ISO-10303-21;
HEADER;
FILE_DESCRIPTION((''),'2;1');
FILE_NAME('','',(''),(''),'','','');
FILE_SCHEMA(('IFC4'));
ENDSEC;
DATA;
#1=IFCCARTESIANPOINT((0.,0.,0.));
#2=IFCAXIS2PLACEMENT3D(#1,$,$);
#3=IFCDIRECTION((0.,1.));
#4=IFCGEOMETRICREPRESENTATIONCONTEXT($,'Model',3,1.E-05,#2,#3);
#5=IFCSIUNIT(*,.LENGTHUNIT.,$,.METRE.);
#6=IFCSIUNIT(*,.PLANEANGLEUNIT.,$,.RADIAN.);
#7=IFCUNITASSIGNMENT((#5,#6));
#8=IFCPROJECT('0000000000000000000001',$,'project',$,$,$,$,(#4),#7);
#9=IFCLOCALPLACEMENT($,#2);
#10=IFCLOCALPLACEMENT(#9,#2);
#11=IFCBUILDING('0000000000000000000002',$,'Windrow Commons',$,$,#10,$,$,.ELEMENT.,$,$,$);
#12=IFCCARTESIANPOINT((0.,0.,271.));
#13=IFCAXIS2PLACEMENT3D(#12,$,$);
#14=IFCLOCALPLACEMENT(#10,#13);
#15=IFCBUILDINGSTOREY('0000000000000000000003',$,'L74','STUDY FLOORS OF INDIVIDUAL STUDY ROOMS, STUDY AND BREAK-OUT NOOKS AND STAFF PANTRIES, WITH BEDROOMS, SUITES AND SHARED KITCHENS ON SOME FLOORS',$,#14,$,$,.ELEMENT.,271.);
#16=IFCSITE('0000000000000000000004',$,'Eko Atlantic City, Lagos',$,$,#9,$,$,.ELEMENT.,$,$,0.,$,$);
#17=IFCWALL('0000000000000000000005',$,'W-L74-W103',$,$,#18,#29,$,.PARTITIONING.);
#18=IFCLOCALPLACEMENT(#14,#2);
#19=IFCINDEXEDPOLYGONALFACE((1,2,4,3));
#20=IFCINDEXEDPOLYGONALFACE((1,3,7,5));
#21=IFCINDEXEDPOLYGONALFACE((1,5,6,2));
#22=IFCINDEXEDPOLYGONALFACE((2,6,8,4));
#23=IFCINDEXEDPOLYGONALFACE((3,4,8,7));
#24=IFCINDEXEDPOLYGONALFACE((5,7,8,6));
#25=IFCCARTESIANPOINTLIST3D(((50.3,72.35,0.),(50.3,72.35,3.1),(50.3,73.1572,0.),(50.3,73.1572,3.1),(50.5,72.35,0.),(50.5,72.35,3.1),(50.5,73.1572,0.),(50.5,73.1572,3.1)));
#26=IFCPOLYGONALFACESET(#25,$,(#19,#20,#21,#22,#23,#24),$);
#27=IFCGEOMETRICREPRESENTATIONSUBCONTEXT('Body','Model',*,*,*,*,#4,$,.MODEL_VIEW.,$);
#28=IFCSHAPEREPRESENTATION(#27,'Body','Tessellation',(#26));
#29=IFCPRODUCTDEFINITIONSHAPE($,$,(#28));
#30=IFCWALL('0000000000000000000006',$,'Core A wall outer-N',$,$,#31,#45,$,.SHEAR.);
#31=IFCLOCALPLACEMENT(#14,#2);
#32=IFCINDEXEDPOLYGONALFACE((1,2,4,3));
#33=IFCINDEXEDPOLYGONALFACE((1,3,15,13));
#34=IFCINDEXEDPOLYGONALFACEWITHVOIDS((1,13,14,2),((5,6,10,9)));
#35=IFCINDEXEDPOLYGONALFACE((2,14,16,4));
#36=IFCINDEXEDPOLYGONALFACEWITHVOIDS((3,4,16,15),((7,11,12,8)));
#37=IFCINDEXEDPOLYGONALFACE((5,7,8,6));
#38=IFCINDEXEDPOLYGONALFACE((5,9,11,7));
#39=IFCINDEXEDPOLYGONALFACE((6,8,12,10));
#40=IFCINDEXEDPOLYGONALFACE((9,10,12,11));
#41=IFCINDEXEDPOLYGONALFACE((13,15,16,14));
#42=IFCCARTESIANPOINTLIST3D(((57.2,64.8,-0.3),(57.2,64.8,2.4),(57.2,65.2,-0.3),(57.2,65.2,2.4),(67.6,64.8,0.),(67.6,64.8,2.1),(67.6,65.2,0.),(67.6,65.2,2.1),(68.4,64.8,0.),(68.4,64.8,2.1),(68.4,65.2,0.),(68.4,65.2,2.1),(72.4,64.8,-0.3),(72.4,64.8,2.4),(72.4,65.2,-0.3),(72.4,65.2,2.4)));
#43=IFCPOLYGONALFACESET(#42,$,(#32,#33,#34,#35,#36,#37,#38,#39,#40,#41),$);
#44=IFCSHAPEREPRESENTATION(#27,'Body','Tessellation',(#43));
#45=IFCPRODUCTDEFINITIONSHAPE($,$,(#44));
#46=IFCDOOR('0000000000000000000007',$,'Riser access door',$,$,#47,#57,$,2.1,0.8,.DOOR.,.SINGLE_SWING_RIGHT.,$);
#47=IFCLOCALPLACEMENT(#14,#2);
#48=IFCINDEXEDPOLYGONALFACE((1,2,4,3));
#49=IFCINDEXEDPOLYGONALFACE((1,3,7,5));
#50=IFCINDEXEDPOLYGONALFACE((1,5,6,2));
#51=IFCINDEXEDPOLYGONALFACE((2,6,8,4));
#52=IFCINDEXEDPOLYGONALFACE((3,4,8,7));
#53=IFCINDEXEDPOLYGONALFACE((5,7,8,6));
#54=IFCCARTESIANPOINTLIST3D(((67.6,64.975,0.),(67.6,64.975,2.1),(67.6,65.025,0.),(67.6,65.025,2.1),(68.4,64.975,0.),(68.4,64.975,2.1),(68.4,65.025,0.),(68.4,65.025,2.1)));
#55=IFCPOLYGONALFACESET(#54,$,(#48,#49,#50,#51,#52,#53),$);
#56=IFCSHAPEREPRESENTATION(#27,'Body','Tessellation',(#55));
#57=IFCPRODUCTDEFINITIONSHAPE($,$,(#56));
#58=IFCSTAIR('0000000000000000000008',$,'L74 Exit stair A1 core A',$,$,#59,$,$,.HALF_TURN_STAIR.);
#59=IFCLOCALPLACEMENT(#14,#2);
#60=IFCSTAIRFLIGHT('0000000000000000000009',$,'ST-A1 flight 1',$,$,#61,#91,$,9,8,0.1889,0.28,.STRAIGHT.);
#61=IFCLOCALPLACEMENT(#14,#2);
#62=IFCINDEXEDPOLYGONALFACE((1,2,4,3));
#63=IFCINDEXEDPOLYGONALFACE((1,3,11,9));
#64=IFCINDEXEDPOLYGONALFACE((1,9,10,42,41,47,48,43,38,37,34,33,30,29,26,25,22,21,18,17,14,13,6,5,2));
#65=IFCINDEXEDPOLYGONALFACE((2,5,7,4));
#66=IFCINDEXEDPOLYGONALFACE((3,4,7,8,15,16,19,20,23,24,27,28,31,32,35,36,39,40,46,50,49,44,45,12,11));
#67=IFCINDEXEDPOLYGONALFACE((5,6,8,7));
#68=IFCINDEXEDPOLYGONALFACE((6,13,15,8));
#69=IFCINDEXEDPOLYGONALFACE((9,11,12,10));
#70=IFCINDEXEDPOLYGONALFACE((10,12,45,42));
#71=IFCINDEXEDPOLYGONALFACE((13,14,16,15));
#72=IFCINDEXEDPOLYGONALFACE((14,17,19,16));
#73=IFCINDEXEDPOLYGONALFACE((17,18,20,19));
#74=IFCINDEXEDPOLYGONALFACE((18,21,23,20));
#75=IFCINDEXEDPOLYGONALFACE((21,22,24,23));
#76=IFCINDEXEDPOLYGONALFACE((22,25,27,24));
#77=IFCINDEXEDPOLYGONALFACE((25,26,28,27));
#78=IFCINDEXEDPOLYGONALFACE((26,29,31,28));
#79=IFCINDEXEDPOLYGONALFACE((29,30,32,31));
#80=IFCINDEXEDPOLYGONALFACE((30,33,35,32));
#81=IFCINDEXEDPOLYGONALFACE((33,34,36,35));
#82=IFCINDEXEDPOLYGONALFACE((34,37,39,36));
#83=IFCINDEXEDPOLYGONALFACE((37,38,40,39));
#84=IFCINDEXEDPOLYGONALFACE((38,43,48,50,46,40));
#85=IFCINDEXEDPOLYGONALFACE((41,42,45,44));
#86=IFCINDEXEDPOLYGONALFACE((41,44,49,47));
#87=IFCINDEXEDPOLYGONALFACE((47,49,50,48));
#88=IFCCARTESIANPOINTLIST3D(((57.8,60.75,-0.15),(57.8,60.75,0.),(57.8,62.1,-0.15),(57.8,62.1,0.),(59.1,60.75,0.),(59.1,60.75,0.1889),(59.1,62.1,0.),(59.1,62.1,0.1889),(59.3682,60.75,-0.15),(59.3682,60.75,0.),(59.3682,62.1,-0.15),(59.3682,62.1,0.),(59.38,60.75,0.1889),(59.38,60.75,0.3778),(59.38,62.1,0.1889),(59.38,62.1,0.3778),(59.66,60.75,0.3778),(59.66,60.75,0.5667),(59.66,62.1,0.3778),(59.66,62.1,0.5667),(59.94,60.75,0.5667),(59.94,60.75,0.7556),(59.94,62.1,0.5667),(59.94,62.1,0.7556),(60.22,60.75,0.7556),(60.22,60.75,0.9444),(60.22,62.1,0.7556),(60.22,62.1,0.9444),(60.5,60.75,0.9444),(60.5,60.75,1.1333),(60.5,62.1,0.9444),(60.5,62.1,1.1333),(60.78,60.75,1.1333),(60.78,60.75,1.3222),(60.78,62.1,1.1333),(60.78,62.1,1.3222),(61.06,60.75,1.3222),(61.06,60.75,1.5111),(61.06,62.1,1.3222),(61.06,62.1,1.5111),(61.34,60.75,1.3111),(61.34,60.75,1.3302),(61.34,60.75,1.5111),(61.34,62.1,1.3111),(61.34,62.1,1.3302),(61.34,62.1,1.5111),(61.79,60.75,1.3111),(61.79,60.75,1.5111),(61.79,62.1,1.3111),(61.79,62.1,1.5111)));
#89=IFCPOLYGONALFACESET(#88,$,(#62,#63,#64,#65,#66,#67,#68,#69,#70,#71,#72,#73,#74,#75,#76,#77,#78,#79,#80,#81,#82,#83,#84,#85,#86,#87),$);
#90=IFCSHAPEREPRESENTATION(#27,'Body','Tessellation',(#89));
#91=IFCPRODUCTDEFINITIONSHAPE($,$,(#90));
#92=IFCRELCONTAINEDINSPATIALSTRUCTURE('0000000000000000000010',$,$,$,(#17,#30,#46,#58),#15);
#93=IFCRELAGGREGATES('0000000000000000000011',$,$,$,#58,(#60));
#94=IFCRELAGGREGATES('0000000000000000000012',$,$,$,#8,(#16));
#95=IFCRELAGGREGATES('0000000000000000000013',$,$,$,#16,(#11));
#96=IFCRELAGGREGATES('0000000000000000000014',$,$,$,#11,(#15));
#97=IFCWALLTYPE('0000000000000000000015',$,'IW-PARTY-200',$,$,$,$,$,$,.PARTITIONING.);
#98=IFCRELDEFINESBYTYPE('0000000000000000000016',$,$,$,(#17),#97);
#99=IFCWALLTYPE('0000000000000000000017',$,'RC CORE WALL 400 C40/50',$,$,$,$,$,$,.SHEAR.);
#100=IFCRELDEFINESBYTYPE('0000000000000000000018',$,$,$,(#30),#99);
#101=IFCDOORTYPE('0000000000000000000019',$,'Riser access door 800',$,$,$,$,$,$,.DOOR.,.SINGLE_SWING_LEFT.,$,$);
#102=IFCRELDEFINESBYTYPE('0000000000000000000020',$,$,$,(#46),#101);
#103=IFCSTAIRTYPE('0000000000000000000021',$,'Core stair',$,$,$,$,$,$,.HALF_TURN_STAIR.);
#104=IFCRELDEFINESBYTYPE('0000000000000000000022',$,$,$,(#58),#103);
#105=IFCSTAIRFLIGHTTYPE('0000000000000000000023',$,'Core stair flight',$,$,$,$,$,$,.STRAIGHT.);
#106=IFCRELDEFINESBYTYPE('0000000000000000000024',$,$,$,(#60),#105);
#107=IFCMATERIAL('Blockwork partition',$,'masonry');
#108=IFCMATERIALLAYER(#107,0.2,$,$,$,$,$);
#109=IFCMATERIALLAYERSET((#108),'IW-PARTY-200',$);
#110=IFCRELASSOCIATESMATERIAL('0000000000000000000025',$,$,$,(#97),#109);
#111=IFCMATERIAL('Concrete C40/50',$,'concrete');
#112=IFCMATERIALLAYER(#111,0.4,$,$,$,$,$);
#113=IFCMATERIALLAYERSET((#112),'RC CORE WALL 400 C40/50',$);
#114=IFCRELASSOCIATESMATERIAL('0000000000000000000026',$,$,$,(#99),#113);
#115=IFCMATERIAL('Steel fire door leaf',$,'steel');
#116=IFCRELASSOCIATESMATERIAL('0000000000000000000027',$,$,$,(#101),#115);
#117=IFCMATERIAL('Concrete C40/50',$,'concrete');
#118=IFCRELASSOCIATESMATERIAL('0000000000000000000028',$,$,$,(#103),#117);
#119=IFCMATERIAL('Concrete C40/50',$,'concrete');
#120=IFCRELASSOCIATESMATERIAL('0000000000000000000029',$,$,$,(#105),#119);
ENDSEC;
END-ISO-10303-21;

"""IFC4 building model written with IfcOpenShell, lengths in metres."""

from ifc_helpers import new_model, si_unit, direction, frame, frame_2d, origin, place, context, subcontext, project, spatial, polyline, rectangle, outline, extrude, material, layer, layer_set, type_object, element, fill, aggregate, save


model = new_model("IFC4")

# Units and contexts
model_context = context("Model", 3, precision=1e-05, world=origin(), true_north=direction((0.0, 1.0)))
body_context = subcontext(model_context, "Body", "Model", "MODEL_VIEW")
ifc_project = project(units=[si_unit("LENGTHUNIT", "METRE"), si_unit("PLANEANGLEUNIT", "RADIAN")], contexts=[model_context])

# Site, building, storey
site_placement = place(None, origin())
site = spatial("IfcSite", under=ifc_project, at=site_placement, Name="Eko Atlantic City, Lagos", CompositionType="ELEMENT", RefElevation=0.0)
building_placement = place(site_placement, origin())
building = spatial("IfcBuilding", under=site, at=building_placement, Name="Windrow Commons", CompositionType="ELEMENT")
storey_placement = place(building_placement, frame((0.0, 0.0, 271.0)))
storey = spatial("IfcBuildingStorey", under=building, at=storey_placement, Name="L74", Description="STUDY FLOORS OF INDIVIDUAL STUDY ROOMS, STUDY AND BREAK-OUT NOOKS AND STAFF PANTRIES, WITH BEDROOMS, SUITES AND SHARED KITCHENS ON SOME FLOORS", CompositionType="ELEMENT", Elevation=271.0)

# Wall
ifc_material_1 = material(Name="Blockwork partition", Category="masonry")
ifc_layer_1 = layer(ifc_material_1, 0.2)
ifc_layer_set_1 = layer_set([ifc_layer_1], Name="IW-PARTY-200")
wall_type_1 = type_object("IfcWallType", Name="IW-PARTY-200", PredefinedType="PARTITIONING", material=ifc_layer_set_1)
wall_1_placement = place(storey_placement, frame((50.4, 72.35, 0.0), z_axis=(0.0, 0.0, 1.0), x_axis=(0.0, 1.0, 0.0)))
element("IfcWall", 1, at=wall_1_placement, inside=storey, type_object=wall_type_1, Name="W-L74-W103", PredefinedType="PARTITIONING", context=body_context, shape_type="SweptSolid", body=[
    extrude(rectangle(XDim=0.8072, YDim=0.2, at=frame_2d((0.4036, 0.0))), origin(), (0.0, 0.0, 1.0), 3.1),
])

# Wall, opening, door
ifc_material_2 = material(Name="Concrete C40/50", Category="concrete")
ifc_layer_2 = layer(ifc_material_2, 0.4)
ifc_layer_set_2 = layer_set([ifc_layer_2], Name="RC CORE WALL 400 C40/50")
wall_type_2 = type_object("IfcWallType", Name="RC CORE WALL 400 C40/50", PredefinedType="SHEAR", material=ifc_layer_set_2)
wall_2_placement = place(storey_placement, frame((57.2, 65.0, -0.3), z_axis=(0.0, 0.0, 1.0), x_axis=(1.0, 0.0, 0.0)))
wall_2 = element("IfcWall", 2, at=wall_2_placement, inside=storey, type_object=wall_type_2, Name="Core A wall outer-N", PredefinedType="SHEAR", context=body_context, shape_type="SweptSolid", body=[
    extrude(rectangle(XDim=15.2, YDim=0.4, at=frame_2d((7.6, 0.0))), origin(), (0.0, 0.0, 1.0), 2.7),
])
opening_1_placement = place(wall_2_placement, frame((10.4, 0.0, 0.3)))
opening_1 = element("IfcOpeningElement", 3, at=opening_1_placement, cuts=wall_2, PredefinedType="OPENING", context=body_context, shape_type="SweptSolid", body=[
    extrude(rectangle(XDim=0.8, YDim=2.1, at=frame_2d((0.4, 1.05))), frame((0.0, 0.21, 0.0), z_axis=(0.0, -1.0, 0.0), x_axis=(1.0, 0.0, 0.0)), (0.0, 0.0, 1.0), 0.42),
])
ifc_material_3 = material(Name="Steel fire door leaf", Category="steel")
door_type_1 = type_object("IfcDoorType", Name="Riser access door 800", OperationType="SINGLE_SWING_LEFT", PredefinedType="DOOR", material=ifc_material_3)
door_1_placement = place(opening_1_placement, origin())
door_1 = element("IfcDoor", 4, at=door_1_placement, inside=storey, type_object=door_type_1, Name="Riser access door", OperationType="SINGLE_SWING_RIGHT", OverallHeight=2.1, OverallWidth=0.8, PredefinedType="DOOR", context=body_context, shape_type="SweptSolid", body=[
    extrude(rectangle(XDim=0.8, YDim=2.1, at=frame_2d((0.4, 1.05))), frame((0.0, 0.025, 0.0), z_axis=(0.0, -1.0, 0.0), x_axis=(1.0, 0.0, 0.0)), (0.0, 0.0, 1.0), 0.05),
])
fill(opening_1, door_1)

# Stair, stair flight
ifc_material_4 = material(Name="Concrete C40/50", Category="concrete")
stair_type = type_object("IfcStairType", Name="Core stair", PredefinedType="HALF_TURN_STAIR", material=ifc_material_4)
stair_placement = place(storey_placement, origin())
stair = element("IfcStair", 5, at=stair_placement, inside=storey, type_object=stair_type, Name="L74 Exit stair A1 core A", PredefinedType="HALF_TURN_STAIR")
ifc_material_5 = material(Name="Concrete C40/50", Category="concrete")
stair_flight_type = type_object("IfcStairFlightType", Name="Core stair flight", PredefinedType="STRAIGHT", material=ifc_material_5)
stair_flight_placement = place(storey_placement, frame((59.1, 61.425, 0.0), z_axis=(0.0, 0.0, 1.0), x_axis=(1.0, 0.0, 0.0)))
stair_flight = element("IfcStairFlight", 6, at=stair_flight_placement, type_object=stair_flight_type, Name="ST-A1 flight 1", NumberOfRisers=9, NumberOfTreads=8, PredefinedType="STRAIGHT", RiserHeight=0.1889, TreadLength=0.28, context=body_context, shape_type="SweptSolid", body=[
    extrude(outline(polyline([(-1.3, -0.15), (-1.3, 0.0), (0.0, 0.0), (0.0, 0.1889), (0.28, 0.1889), (0.28, 0.3778), (0.56, 0.3778), (0.56, 0.5667), (0.84, 0.5667), (0.84, 0.7556), (1.12, 0.7556), (1.12, 0.9444), (1.4, 0.9444), (1.4, 1.1333), (1.68, 1.1333), (1.68, 1.3222), (1.96, 1.3222), (1.96, 1.5111), (2.24, 1.5111), (2.69, 1.5111), (2.69, 1.3111), (2.24, 1.3111), (2.24, 1.3302), (0.2682, 0.0), (0.2682, -0.15), (-1.3, -0.15)])), frame((0.0, 0.675, 0.0), z_axis=(0.0, -1.0, 0.0), x_axis=(1.0, 0.0, 0.0)), (0.0, 0.0, 1.0), 1.35),
])
aggregate(stair, [stair_flight])

save(model, "model.ifc")
